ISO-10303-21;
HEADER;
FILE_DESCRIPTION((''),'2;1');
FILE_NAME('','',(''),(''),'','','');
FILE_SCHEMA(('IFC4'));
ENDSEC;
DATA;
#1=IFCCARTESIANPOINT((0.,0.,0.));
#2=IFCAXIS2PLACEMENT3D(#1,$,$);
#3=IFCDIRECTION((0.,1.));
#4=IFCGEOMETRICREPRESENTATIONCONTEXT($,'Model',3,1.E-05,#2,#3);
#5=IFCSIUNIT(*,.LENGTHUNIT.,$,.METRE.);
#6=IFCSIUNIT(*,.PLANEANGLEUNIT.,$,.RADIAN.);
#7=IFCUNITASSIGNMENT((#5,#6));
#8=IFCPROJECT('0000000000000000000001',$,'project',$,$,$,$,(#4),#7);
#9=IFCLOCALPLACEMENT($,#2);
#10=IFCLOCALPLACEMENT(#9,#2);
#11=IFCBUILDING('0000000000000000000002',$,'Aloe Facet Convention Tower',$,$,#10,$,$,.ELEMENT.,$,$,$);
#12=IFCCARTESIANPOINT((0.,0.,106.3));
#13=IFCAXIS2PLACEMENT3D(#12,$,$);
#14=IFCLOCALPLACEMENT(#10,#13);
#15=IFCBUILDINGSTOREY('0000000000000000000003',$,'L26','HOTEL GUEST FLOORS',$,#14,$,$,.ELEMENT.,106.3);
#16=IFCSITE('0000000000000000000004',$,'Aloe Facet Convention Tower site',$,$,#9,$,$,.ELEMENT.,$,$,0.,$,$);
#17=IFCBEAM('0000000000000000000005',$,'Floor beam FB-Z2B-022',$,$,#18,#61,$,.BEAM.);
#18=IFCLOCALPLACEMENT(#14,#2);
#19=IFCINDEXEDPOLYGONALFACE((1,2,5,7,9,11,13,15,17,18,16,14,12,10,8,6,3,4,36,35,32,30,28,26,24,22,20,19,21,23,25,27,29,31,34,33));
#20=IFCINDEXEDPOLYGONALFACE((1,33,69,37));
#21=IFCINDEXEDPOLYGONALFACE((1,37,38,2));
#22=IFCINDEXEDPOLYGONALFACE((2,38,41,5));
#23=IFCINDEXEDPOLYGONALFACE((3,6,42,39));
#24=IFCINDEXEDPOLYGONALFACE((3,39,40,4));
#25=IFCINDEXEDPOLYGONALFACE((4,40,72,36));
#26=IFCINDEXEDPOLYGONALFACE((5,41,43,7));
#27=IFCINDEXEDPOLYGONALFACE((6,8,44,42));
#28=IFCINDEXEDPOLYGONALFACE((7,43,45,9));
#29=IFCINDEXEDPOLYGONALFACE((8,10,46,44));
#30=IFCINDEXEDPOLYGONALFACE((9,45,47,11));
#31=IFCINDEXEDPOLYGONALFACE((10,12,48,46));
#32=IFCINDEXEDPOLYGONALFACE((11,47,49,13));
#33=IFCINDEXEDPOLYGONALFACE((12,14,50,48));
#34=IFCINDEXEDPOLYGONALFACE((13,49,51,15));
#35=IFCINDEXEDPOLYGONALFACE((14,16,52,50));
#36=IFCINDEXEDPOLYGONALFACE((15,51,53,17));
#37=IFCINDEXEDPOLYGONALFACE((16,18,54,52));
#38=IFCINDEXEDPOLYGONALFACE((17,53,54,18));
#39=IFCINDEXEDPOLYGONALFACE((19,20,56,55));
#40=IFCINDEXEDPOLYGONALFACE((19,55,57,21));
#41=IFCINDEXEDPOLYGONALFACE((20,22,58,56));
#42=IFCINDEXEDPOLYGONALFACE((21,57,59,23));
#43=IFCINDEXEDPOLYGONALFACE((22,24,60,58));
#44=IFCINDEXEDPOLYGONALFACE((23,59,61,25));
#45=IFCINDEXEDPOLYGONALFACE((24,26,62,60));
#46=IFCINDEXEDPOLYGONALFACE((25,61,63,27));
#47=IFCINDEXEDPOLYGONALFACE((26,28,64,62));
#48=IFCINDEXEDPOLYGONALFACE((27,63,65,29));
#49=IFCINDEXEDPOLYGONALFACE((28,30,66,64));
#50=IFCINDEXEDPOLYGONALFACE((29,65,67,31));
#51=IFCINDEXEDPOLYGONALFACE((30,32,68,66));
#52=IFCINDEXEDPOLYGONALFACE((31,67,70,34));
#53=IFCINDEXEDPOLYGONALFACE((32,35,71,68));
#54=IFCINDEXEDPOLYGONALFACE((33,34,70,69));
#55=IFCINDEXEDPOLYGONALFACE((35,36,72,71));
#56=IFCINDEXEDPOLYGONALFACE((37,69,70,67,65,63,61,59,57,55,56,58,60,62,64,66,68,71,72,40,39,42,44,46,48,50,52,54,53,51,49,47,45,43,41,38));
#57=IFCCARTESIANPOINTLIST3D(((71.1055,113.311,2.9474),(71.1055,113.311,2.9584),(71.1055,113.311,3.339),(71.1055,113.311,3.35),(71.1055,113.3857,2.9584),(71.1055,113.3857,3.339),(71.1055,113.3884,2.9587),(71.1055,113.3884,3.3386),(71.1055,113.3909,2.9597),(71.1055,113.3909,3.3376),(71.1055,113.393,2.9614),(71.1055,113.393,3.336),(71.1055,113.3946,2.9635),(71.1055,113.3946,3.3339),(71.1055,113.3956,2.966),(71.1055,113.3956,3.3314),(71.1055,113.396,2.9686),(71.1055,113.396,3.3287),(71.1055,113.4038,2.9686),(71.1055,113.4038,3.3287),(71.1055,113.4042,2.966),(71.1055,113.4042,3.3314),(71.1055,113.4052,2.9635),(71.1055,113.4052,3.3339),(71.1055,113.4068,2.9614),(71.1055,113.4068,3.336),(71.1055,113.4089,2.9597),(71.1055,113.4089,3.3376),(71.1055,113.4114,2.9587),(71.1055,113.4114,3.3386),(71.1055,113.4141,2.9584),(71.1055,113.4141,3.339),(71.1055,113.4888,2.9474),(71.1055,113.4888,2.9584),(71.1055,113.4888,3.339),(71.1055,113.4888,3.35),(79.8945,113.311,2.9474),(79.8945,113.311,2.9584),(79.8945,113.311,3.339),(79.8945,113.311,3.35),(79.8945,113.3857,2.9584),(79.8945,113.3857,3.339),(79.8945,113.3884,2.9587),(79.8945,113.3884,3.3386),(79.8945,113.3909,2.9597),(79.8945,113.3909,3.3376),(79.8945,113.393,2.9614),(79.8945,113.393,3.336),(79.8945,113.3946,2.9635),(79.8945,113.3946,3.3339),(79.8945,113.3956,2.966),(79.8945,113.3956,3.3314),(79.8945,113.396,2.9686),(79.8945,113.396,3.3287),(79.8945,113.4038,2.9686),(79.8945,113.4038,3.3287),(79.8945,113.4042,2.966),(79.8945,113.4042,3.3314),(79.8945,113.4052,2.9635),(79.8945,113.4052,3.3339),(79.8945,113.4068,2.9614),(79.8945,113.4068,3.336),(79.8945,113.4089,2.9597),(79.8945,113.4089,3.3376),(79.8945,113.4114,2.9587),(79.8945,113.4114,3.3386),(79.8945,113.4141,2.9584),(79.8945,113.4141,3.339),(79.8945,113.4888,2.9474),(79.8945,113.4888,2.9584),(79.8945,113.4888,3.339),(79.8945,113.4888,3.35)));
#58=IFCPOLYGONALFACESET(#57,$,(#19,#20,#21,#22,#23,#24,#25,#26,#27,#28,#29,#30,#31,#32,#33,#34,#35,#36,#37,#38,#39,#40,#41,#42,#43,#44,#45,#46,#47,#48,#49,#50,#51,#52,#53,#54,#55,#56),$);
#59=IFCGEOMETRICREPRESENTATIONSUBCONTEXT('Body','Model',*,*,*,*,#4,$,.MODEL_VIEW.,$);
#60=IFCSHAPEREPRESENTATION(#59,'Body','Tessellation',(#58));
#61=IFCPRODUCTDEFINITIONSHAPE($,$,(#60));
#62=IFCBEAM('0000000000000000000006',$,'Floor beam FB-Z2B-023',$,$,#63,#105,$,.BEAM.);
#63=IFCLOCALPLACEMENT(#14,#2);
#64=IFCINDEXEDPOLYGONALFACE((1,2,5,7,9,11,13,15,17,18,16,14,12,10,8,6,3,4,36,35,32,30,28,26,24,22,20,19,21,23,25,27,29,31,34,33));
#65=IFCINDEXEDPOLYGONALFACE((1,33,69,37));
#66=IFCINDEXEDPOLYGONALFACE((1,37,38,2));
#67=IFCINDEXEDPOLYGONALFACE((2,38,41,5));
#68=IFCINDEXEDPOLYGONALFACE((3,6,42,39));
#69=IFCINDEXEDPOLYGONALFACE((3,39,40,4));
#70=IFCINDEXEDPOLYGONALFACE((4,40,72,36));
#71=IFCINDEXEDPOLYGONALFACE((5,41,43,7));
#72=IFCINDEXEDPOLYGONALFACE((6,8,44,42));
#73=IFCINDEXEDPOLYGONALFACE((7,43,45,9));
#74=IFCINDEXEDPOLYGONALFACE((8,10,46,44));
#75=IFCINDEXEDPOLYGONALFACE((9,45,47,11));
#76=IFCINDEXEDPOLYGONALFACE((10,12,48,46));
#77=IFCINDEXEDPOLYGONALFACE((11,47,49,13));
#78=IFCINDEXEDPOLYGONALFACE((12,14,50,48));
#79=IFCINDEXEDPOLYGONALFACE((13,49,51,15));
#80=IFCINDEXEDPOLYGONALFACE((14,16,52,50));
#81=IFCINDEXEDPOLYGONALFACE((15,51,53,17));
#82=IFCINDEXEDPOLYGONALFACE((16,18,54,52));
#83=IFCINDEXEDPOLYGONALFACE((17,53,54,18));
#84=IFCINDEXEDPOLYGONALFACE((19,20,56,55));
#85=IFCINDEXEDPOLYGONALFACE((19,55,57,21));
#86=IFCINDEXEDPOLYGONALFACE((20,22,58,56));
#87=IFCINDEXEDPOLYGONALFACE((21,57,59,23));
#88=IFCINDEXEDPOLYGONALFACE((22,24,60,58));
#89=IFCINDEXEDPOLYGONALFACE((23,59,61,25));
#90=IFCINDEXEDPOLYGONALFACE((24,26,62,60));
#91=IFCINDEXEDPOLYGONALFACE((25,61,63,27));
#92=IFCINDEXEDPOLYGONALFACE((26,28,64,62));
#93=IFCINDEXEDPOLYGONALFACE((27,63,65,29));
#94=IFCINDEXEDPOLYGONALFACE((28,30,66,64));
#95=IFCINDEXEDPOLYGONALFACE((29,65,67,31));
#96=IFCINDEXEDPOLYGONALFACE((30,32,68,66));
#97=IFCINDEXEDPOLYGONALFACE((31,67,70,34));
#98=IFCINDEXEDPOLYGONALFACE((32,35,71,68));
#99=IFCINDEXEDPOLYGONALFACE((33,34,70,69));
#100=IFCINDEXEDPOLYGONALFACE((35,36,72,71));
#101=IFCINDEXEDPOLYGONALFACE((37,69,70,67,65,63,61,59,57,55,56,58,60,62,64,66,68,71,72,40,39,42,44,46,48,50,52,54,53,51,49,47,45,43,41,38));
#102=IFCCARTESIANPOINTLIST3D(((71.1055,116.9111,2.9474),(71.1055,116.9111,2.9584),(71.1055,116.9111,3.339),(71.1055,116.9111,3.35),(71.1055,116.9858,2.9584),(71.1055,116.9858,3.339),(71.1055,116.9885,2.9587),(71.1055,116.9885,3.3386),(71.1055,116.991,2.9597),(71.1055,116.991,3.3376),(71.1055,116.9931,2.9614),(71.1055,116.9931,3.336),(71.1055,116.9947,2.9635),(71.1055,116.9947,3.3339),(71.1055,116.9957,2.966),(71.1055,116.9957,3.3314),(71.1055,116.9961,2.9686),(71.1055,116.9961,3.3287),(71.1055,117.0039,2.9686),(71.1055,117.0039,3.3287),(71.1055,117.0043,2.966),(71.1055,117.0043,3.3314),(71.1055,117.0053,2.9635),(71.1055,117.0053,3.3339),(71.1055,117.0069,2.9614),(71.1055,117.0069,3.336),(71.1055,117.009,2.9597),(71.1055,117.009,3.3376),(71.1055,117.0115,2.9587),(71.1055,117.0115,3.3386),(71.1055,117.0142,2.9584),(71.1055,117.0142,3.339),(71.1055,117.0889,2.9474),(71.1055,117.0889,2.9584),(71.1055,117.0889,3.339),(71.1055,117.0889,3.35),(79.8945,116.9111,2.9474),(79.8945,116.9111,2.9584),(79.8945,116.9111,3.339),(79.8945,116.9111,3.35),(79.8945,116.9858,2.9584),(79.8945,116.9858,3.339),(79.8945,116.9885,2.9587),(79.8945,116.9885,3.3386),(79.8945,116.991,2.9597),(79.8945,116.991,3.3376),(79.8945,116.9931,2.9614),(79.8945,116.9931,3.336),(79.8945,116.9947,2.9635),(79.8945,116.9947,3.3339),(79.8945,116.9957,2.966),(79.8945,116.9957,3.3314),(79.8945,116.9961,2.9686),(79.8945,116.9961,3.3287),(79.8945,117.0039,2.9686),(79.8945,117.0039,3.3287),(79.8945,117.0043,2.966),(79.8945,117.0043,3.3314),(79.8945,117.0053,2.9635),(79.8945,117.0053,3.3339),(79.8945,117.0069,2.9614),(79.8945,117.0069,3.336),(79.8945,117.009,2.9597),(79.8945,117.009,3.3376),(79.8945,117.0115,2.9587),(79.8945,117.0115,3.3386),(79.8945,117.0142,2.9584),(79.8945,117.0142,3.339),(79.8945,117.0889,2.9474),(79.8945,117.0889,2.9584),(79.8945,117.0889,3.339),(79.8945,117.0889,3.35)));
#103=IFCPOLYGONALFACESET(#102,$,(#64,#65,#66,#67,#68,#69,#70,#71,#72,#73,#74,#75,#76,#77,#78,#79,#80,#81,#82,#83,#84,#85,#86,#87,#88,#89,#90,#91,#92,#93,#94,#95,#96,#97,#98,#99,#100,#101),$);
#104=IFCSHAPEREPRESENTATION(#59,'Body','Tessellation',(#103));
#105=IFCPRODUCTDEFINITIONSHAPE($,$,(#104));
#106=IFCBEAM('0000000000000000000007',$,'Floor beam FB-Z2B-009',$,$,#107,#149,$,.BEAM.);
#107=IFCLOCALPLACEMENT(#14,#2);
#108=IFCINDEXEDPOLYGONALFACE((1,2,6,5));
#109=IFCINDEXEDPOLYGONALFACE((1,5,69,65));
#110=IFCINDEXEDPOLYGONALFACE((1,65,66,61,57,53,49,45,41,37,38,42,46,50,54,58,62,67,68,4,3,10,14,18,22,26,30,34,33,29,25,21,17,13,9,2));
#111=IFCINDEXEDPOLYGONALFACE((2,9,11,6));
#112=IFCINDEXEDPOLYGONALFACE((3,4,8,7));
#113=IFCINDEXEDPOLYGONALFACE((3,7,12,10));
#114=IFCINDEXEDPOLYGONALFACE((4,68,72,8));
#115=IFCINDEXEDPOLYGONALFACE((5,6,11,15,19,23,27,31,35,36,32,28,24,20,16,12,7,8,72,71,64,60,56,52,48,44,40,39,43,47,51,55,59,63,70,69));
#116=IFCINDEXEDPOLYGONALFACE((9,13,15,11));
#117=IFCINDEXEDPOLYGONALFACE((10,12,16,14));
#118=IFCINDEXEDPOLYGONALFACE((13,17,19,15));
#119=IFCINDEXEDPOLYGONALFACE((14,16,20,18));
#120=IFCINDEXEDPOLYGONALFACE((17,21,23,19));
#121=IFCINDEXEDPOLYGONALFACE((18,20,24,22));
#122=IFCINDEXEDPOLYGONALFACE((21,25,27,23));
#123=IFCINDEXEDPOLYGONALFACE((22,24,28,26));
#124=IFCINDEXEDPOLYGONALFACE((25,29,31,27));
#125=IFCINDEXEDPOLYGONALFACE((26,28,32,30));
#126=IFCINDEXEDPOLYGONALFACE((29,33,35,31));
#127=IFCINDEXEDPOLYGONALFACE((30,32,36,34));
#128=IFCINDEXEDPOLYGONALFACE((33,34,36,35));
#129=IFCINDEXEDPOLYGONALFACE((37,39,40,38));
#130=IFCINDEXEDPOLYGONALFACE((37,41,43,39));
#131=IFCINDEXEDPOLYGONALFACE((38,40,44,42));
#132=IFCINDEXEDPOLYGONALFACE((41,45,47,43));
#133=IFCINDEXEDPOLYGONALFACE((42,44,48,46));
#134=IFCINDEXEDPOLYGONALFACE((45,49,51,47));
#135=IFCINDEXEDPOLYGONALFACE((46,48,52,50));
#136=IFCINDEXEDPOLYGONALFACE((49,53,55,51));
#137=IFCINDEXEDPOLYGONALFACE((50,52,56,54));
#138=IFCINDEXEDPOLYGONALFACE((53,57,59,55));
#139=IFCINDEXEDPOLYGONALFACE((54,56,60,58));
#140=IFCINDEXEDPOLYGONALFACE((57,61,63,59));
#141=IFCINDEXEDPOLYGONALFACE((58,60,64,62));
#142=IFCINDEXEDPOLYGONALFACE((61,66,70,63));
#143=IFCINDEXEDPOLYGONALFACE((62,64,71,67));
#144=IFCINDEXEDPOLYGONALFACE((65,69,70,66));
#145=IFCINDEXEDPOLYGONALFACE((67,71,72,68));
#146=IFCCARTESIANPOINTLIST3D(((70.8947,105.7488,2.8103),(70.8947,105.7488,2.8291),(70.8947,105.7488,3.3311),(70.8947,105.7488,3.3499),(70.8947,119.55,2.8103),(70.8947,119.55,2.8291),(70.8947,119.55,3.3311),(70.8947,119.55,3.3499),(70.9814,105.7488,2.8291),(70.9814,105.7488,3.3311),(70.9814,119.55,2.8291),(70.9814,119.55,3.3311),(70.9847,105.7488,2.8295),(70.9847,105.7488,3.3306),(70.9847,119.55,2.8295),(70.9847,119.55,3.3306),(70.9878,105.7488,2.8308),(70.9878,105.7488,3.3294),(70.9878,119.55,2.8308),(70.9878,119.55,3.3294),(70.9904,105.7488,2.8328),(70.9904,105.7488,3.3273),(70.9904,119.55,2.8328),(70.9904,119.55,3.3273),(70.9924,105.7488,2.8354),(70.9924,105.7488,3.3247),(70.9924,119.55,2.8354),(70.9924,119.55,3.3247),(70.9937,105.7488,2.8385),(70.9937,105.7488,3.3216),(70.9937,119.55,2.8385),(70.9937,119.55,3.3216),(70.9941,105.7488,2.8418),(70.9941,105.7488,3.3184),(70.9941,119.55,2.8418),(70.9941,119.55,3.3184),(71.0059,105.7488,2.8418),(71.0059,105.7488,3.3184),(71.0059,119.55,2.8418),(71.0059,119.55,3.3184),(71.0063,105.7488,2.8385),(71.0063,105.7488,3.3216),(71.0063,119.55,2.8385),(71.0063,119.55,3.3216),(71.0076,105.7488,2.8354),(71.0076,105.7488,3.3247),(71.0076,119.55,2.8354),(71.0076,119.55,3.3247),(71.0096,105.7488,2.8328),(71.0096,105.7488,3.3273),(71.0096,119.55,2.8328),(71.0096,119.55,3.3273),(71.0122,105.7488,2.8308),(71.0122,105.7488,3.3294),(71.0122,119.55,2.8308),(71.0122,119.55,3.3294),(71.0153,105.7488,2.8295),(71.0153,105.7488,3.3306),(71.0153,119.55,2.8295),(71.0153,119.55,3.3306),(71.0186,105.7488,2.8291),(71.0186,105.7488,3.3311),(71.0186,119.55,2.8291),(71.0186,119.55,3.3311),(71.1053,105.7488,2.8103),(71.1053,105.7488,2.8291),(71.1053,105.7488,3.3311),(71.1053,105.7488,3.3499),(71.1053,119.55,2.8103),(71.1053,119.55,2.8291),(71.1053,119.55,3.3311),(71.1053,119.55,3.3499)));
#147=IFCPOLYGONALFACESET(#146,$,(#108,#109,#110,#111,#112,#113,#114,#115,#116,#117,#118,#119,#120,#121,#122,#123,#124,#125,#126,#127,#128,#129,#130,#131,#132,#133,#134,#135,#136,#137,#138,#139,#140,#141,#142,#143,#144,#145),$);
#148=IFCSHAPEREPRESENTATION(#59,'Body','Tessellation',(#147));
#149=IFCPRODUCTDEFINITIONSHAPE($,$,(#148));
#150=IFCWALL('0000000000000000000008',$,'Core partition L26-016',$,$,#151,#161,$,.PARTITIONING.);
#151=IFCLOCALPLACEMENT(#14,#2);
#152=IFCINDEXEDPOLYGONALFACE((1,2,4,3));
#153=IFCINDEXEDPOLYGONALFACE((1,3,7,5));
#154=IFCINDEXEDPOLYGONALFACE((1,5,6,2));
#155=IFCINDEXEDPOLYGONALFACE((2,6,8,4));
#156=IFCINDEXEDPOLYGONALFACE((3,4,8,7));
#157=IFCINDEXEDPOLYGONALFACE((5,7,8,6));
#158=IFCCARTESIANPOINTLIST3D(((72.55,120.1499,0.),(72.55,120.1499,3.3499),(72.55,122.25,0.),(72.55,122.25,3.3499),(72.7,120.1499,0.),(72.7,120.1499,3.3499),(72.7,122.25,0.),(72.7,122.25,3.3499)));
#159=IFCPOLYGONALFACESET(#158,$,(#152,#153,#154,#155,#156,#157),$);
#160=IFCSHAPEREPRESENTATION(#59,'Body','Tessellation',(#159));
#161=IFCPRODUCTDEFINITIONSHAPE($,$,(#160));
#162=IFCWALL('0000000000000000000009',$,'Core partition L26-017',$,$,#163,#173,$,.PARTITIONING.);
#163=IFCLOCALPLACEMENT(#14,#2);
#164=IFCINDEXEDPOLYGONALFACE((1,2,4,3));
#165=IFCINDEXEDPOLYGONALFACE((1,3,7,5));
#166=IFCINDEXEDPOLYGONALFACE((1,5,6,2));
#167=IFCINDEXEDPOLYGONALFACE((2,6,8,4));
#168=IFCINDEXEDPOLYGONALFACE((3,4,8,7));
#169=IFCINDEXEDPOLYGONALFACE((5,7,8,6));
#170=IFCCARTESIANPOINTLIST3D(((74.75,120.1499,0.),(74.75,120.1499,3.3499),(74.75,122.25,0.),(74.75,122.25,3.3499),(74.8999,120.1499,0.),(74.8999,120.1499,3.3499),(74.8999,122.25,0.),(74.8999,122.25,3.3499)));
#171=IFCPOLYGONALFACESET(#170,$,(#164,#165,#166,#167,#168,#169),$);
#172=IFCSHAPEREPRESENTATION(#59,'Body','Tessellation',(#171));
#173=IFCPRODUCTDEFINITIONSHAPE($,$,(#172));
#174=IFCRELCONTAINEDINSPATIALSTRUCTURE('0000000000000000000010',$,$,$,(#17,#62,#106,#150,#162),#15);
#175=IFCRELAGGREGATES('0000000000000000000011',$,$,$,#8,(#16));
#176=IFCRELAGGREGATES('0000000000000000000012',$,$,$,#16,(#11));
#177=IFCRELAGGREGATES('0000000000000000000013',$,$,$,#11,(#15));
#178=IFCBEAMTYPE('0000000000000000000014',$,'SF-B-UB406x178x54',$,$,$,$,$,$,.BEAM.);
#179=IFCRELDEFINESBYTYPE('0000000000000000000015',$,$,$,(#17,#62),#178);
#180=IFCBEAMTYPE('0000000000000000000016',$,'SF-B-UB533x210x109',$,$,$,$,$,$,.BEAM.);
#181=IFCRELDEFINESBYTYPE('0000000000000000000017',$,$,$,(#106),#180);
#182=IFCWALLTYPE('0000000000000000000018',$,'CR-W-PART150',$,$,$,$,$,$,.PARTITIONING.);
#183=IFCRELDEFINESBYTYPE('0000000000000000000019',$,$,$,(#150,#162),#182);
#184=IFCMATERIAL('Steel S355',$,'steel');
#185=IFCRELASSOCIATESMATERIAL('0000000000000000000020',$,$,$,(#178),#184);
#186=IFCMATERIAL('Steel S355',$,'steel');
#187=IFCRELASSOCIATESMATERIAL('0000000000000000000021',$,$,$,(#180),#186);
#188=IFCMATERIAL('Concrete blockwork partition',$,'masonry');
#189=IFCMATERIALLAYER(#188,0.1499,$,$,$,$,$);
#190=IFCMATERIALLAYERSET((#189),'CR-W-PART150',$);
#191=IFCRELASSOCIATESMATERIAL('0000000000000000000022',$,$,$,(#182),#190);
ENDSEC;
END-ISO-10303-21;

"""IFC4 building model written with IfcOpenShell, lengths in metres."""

from ifc_helpers import new_model, si_unit, direction, frame, frame_2d, origin, origin_2d, place, context, subcontext, project, spatial, rectangle, i_section, extrude, material, layer, layer_set, material_profile, profile_set, type_object, element, save


model = new_model("IFC4")

# Units and contexts
model_context = context("Model", 3, precision=1e-05, world=origin(), true_north=direction((0.0, 1.0)))
body_context = subcontext(model_context, "Body", "Model", "MODEL_VIEW")
ifc_project = project(units=[si_unit("LENGTHUNIT", "METRE"), si_unit("PLANEANGLEUNIT", "RADIAN")], contexts=[model_context])

# Site, building, storey
site_placement = place(None, origin())
site = spatial("IfcSite", under=ifc_project, at=site_placement, Name="Aloe Facet Convention Tower site", CompositionType="ELEMENT", RefElevation=0.0)
building_placement = place(site_placement, origin())
building = spatial("IfcBuilding", under=site, at=building_placement, Name="Aloe Facet Convention Tower", CompositionType="ELEMENT")
storey_placement = place(building_placement, frame((0.0, 0.0, 106.3)))
storey = spatial("IfcBuildingStorey", under=building, at=storey_placement, Name="L26", Description="HOTEL GUEST FLOORS", CompositionType="ELEMENT", Elevation=106.3)

# Beams
ifc_material_1 = material(Name="Steel S355", Category="steel")
ifc_material_profile_1 = material_profile(ifc_material_1, i_section(OverallWidth=0.1777, OverallDepth=0.4026, WebThickness=0.0078, FlangeThickness=0.011, FilletRadius=0.0103, at=origin_2d()), Name="UB 406x178x54")
ifc_profile_set_1 = profile_set([ifc_material_profile_1], Name="Steel S355")
beam_type_1 = type_object("IfcBeamType", Name="SF-B-UB406x178x54", PredefinedType="BEAM", material=ifc_profile_set_1)
for number, where, z_axis, x_axis, name in (
    (1, (71.1055, 113.3999, 3.1487), (1.0, 0.0, 0.0), (0.0, 1.0, 0.0), "Floor beam FB-Z2B-022"),
    (2, (71.1055, 117.0, 3.1487), (1.0, 0.0, 0.0), (0.0, 1.0, 0.0), "Floor beam FB-Z2B-023"),
):
    element("IfcBeam", number, at=place(storey_placement, frame(where, z_axis=z_axis, x_axis=x_axis)), inside=storey, type_object=beam_type_1, Name=name, PredefinedType="BEAM", context=body_context, shape_type="SweptSolid", body=[
        extrude(i_section(OverallWidth=0.1777, OverallDepth=0.4026, WebThickness=0.0078, FlangeThickness=0.011, FilletRadius=0.0103, at=origin_2d()), origin(), (0.0, 0.0, 1.0), 8.7891),
    ])
ifc_material_2 = material(Name="Steel S355", Category="steel")
ifc_material_profile_2 = material_profile(ifc_material_2, i_section(OverallWidth=0.2107, OverallDepth=0.5396, WebThickness=0.0117, FlangeThickness=0.0188, FilletRadius=0.0127, at=origin_2d()), Name="UB 533x210x109")
ifc_profile_set_2 = profile_set([ifc_material_profile_2], Name="Steel S355")
beam_type_2 = type_object("IfcBeamType", Name="SF-B-UB533x210x109", PredefinedType="BEAM", material=ifc_profile_set_2)
beam_placement = place(storey_placement, frame((71.0, 119.55, 3.0801), z_axis=(0.0, -1.0, 0.0), x_axis=(1.0, 0.0, 0.0)))
element("IfcBeam", 3, at=beam_placement, inside=storey, type_object=beam_type_2, Name="Floor beam FB-Z2B-009", PredefinedType="BEAM", context=body_context, shape_type="SweptSolid", body=[
    extrude(i_section(OverallWidth=0.2107, OverallDepth=0.5396, WebThickness=0.0117, FlangeThickness=0.0188, FilletRadius=0.0127, at=origin_2d()), origin(), (0.0, 0.0, 1.0), 13.8013),
])

# Walls
ifc_material_3 = material(Name="Concrete blockwork partition", Category="masonry")
ifc_layer_1 = layer(ifc_material_3, 0.1499)
ifc_layer_set_1 = layer_set([ifc_layer_1], Name="CR-W-PART150")
wall_type_1 = type_object("IfcWallType", Name="CR-W-PART150", PredefinedType="PARTITIONING", material=ifc_layer_set_1)
for number, where, z_axis, x_axis, name in (
    (4, (72.625, 122.25, 0.0), (0.0, 0.0, 1.0), (0.0, -1.0, 0.0), "Core partition L26-016"),
    (5, (74.825, 122.25, 0.0), (0.0, 0.0, 1.0), (0.0, -1.0, 0.0), "Core partition L26-017"),
):
    element("IfcWall", number, at=place(storey_placement, frame(where, z_axis=z_axis, x_axis=x_axis)), inside=storey, type_object=wall_type_1, Name=name, PredefinedType="PARTITIONING", context=body_context, shape_type="SweptSolid", body=[
        extrude(rectangle(XDim=2.1001, YDim=0.1499, at=frame_2d((1.05, 0.0))), origin(), (0.0, 0.0, 1.0), 3.3499),
    ])

save(model, "model.ifc")
